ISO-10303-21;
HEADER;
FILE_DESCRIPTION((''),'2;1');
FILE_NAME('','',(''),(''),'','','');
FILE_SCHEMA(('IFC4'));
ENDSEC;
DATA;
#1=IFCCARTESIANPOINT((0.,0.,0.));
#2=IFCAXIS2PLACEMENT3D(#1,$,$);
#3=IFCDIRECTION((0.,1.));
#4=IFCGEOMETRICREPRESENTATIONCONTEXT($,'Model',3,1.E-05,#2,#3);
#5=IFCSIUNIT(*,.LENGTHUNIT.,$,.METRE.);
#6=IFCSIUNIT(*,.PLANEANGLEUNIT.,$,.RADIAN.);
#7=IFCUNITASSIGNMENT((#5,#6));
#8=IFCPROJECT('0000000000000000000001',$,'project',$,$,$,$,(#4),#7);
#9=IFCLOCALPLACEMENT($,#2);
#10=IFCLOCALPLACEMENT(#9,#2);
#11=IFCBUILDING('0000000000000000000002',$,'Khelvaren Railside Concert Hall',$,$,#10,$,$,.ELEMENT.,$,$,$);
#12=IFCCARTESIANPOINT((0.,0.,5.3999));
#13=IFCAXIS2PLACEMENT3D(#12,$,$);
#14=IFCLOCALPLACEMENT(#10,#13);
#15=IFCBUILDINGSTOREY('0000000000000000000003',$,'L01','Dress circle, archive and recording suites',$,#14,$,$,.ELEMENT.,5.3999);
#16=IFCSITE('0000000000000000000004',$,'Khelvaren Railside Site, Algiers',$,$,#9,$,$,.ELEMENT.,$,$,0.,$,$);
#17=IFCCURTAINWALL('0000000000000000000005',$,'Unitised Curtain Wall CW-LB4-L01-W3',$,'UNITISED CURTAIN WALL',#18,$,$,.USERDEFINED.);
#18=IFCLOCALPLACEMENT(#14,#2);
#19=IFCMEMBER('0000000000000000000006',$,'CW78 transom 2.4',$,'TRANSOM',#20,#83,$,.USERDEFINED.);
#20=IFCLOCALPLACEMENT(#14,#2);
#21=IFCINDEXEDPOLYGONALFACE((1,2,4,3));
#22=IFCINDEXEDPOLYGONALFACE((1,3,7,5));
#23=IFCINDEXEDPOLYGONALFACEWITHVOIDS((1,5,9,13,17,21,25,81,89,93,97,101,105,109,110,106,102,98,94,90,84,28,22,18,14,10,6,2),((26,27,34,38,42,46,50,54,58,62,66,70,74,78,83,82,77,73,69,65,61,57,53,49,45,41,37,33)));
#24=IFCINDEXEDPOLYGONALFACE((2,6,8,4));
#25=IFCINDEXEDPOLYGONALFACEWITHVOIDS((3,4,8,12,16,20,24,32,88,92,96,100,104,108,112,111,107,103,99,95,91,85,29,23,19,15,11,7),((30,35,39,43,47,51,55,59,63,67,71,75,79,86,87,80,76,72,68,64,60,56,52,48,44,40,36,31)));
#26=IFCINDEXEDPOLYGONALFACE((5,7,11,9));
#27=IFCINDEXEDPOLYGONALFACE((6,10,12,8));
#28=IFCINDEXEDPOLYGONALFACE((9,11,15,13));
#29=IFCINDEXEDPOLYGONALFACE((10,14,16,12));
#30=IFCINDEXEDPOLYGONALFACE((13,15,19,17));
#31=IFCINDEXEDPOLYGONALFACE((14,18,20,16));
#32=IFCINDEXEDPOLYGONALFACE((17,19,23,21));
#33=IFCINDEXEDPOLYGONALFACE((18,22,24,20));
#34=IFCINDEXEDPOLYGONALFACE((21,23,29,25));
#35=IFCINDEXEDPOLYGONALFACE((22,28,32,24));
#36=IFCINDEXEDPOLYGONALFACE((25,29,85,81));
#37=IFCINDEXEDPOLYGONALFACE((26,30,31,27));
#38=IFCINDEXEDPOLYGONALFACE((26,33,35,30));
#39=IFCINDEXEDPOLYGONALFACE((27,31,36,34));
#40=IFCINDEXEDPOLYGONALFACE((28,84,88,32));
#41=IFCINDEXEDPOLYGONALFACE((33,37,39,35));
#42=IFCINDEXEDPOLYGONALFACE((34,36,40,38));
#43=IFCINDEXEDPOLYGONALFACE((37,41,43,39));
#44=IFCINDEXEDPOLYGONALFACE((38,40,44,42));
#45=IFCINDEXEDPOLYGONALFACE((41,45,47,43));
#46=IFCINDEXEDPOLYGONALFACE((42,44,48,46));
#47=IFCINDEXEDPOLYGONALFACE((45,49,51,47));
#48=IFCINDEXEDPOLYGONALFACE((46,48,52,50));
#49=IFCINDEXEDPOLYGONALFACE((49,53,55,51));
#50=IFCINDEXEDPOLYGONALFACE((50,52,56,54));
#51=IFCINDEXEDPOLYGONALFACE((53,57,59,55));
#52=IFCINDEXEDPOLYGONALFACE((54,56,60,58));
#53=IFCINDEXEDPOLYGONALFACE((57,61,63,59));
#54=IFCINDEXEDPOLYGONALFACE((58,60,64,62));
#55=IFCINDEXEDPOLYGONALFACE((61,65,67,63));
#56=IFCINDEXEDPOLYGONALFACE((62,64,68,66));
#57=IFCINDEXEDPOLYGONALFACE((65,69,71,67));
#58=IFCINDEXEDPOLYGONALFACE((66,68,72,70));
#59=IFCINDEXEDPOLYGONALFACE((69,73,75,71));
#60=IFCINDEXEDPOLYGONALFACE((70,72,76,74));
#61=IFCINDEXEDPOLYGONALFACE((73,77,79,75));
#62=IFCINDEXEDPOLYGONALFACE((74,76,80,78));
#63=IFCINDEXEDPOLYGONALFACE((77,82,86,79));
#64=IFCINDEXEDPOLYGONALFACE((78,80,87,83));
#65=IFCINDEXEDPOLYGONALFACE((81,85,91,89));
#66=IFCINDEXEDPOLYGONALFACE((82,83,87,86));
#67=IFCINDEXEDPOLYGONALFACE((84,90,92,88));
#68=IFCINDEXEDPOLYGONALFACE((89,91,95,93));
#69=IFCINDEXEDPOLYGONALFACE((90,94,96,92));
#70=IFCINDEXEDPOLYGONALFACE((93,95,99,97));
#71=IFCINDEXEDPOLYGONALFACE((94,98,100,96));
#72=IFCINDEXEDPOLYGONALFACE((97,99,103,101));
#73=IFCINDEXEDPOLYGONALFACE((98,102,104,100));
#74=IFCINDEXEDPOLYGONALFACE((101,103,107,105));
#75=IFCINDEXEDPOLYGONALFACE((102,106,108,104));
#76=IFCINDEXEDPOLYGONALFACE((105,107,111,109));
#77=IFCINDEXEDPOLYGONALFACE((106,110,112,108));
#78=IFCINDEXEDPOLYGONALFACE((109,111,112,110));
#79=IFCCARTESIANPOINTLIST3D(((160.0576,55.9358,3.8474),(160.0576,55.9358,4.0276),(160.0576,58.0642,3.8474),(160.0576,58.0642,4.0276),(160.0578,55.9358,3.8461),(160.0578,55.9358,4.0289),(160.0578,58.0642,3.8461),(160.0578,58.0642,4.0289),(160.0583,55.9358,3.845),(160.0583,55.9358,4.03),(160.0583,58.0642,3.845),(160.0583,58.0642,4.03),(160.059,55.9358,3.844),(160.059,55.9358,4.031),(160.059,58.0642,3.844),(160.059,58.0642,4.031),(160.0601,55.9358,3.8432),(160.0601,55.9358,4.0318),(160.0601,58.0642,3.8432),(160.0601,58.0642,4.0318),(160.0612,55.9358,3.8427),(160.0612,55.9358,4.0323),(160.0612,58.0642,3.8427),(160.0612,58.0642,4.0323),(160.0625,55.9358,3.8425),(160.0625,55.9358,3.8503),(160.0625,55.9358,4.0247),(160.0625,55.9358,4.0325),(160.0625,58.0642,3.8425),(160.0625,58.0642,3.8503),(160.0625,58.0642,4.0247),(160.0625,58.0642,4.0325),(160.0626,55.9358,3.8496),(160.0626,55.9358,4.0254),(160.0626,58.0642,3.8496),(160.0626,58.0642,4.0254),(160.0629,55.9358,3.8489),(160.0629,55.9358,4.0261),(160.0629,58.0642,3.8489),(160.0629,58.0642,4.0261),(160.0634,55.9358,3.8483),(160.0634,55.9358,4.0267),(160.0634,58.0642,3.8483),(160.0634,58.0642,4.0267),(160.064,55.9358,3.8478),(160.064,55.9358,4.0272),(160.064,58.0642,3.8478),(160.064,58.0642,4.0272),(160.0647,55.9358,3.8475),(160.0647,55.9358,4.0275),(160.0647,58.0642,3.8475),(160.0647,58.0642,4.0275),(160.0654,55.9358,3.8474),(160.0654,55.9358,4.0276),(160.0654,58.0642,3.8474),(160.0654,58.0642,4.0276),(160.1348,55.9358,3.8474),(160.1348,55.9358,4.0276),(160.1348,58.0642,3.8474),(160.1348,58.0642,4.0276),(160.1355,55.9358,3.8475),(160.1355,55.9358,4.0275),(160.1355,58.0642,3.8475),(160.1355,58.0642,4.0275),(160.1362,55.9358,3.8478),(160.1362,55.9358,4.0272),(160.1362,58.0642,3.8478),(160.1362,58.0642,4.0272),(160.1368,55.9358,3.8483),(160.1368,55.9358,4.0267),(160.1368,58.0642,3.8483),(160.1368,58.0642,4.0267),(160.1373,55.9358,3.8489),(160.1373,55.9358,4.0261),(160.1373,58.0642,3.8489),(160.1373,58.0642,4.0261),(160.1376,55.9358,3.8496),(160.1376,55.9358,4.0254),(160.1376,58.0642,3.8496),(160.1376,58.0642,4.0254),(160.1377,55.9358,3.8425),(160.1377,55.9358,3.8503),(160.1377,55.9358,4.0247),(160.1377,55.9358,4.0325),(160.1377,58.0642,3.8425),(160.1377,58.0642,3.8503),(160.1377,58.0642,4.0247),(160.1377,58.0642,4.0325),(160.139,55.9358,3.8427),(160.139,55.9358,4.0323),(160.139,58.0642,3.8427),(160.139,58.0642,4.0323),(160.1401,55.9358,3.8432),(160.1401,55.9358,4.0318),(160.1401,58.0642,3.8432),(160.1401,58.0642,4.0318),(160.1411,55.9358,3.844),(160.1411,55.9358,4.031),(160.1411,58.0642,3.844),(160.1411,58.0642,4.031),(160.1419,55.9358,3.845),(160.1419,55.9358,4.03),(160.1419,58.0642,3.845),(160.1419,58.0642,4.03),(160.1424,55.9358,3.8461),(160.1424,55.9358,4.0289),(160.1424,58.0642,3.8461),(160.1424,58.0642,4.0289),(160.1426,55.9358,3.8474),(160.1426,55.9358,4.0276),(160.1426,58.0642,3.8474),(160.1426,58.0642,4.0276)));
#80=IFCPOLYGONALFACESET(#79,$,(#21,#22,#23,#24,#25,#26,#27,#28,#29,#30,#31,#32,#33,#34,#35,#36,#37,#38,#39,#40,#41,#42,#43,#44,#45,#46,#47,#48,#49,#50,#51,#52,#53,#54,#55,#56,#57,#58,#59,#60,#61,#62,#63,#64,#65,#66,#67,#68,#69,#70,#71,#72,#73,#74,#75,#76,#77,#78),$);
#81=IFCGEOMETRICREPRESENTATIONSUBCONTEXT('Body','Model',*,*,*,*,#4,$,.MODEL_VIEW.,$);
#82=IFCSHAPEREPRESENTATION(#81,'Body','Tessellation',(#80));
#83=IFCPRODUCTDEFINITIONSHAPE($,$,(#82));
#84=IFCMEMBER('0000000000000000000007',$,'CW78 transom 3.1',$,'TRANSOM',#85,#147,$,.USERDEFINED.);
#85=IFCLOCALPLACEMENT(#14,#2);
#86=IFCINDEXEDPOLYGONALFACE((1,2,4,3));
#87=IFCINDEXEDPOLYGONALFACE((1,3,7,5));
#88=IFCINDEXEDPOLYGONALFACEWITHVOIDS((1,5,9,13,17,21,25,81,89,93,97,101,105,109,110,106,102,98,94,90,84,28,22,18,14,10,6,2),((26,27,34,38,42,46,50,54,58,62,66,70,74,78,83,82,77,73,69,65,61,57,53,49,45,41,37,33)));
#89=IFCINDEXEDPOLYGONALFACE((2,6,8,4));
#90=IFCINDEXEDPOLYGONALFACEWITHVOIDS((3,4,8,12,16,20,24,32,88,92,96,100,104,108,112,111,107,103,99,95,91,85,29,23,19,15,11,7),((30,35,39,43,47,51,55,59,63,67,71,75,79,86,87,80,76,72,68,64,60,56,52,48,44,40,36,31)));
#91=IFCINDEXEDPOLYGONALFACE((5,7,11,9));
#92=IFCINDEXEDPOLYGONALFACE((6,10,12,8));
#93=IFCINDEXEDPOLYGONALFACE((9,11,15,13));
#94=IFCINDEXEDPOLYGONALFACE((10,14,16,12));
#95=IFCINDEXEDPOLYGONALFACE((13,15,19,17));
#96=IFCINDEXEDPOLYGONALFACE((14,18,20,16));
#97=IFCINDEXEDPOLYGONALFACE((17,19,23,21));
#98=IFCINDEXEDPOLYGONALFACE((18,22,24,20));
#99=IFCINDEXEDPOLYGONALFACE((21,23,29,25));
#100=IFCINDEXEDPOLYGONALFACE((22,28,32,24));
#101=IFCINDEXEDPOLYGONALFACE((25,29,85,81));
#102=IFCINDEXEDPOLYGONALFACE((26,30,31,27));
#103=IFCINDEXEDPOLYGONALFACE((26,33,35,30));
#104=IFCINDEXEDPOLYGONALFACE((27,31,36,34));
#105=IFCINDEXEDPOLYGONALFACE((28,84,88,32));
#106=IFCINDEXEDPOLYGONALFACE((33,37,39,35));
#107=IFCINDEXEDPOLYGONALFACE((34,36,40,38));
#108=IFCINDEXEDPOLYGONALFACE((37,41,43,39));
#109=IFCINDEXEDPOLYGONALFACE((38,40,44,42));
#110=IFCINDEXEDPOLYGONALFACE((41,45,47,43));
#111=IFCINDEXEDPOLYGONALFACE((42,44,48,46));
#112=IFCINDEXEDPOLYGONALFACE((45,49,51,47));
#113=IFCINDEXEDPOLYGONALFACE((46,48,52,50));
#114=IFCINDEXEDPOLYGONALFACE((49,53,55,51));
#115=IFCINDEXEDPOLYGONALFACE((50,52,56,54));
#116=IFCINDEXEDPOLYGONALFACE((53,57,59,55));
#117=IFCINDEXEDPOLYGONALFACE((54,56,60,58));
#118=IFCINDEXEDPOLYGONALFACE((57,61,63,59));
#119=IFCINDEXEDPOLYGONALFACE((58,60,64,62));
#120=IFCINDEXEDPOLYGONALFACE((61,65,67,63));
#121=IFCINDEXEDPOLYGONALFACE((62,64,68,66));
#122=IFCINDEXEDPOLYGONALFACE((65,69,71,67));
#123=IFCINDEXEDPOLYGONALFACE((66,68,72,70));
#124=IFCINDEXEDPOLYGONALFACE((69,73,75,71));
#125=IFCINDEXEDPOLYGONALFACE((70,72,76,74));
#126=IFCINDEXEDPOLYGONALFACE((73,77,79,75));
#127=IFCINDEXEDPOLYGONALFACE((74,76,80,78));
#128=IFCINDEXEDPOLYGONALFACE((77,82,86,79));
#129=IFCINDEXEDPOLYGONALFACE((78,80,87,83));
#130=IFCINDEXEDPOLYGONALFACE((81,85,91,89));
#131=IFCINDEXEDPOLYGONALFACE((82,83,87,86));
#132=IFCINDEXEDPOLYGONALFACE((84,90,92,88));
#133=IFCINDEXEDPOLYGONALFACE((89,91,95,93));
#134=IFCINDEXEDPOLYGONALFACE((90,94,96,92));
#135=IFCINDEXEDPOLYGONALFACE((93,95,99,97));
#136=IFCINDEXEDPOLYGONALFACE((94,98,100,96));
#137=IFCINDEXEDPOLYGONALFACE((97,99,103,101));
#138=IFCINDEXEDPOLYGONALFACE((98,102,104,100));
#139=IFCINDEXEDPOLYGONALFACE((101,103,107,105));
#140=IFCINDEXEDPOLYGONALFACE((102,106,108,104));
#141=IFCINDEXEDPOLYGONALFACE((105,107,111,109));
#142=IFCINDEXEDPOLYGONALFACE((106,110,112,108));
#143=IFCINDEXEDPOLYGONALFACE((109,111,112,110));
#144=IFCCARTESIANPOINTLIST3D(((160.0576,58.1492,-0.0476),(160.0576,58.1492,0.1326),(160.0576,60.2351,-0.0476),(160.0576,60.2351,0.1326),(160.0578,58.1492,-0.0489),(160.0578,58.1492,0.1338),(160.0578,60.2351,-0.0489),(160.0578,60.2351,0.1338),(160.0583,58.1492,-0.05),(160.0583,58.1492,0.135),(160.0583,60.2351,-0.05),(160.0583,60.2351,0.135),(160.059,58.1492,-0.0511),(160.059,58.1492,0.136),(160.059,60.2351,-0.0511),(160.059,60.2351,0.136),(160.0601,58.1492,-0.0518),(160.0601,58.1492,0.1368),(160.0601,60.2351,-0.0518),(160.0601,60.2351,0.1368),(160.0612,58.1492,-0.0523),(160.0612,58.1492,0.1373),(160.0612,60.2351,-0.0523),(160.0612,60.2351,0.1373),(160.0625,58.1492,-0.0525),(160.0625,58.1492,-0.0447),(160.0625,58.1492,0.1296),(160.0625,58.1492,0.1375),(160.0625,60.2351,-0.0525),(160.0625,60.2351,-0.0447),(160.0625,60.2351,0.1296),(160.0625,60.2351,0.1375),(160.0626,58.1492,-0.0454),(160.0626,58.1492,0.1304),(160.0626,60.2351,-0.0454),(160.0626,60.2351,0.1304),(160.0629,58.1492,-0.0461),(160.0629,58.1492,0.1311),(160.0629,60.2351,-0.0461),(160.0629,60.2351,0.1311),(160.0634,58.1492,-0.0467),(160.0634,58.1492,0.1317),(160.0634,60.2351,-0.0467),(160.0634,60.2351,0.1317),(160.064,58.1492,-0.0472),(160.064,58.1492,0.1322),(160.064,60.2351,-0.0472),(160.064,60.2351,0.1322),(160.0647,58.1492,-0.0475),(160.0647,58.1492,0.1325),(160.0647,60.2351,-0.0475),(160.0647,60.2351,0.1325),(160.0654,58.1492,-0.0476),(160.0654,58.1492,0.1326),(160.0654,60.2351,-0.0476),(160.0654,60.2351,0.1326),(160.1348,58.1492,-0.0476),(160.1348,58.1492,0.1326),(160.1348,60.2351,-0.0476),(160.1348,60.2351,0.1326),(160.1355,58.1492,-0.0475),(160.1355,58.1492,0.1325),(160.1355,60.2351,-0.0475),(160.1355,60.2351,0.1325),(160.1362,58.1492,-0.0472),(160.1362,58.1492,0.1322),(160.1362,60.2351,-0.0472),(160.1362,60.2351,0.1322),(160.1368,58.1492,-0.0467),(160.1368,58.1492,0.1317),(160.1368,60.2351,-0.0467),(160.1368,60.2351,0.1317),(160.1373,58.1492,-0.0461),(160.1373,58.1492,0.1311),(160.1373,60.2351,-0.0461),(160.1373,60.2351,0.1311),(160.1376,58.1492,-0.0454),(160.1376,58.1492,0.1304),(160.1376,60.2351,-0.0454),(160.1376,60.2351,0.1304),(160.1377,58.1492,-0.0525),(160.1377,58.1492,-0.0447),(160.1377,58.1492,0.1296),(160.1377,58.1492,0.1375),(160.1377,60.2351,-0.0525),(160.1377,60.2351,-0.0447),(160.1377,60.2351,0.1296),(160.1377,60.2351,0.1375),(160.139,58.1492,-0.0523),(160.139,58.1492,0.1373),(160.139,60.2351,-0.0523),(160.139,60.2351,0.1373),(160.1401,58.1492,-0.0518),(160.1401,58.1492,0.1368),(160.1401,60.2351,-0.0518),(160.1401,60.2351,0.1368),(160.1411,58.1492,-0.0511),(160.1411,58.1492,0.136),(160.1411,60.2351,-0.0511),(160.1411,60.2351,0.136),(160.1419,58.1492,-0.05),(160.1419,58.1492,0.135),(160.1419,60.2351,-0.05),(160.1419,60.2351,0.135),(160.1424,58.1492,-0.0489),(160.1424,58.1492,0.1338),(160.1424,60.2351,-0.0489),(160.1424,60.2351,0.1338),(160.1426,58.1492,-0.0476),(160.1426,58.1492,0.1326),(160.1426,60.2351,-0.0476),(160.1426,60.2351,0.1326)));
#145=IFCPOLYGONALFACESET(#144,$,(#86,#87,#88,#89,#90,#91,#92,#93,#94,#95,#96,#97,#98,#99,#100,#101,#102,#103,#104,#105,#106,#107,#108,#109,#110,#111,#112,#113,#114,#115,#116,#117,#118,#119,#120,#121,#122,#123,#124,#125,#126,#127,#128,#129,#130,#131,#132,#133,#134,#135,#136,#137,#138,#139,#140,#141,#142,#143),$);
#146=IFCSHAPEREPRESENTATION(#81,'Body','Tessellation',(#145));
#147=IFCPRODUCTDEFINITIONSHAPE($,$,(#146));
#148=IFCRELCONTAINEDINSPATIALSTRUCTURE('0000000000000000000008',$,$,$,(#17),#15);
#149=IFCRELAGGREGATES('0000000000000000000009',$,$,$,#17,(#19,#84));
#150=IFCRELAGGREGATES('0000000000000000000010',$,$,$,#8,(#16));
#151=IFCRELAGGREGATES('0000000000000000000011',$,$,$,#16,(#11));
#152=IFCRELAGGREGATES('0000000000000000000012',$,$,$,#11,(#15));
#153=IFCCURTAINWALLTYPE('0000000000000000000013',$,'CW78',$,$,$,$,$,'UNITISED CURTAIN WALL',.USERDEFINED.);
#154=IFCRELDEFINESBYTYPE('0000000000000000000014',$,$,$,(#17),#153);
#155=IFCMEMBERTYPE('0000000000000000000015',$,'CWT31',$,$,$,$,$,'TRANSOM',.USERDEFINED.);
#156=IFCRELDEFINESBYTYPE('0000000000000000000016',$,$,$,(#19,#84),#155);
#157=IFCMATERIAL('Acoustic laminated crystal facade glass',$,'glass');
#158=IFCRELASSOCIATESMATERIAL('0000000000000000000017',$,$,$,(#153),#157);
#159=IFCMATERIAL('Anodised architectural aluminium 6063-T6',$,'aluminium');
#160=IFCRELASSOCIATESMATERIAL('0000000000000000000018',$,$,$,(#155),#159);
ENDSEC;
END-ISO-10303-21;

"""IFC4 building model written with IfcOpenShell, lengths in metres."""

from ifc_helpers import new_model, si_unit, direction, frame, origin, origin_2d, place, context, subcontext, project, spatial, hollow_rectangle, extrude, material, material_profile, profile_set, type_object, element, aggregate, save


model = new_model("IFC4")

# Units and contexts
model_context = context("Model", 3, precision=1e-05, world=origin(), true_north=direction((0.0, 1.0)))
body_context = subcontext(model_context, "Body", "Model", "MODEL_VIEW")
ifc_project = project(units=[si_unit("LENGTHUNIT", "METRE"), si_unit("PLANEANGLEUNIT", "RADIAN")], contexts=[model_context])

# Site, building, storey
site_placement = place(None, origin())
site = spatial("IfcSite", under=ifc_project, at=site_placement, Name="Khelvaren Railside Site, Algiers", CompositionType="ELEMENT", RefElevation=0.0)
building_placement = place(site_placement, origin())
building = spatial("IfcBuilding", under=site, at=building_placement, Name="Khelvaren Railside Concert Hall", CompositionType="ELEMENT")
storey_placement = place(building_placement, frame((0.0, 0.0, 5.3999)))
storey = spatial("IfcBuildingStorey", under=building, at=storey_placement, Name="L01", Description="Dress circle, archive and recording suites", CompositionType="ELEMENT", Elevation=5.3999)

# Curtain wall, members
ifc_material_1 = material(Name="Acoustic laminated crystal facade glass", Category="glass")
curtain_wall_type = type_object("IfcCurtainWallType", Name="CW78", ElementType="UNITISED CURTAIN WALL", PredefinedType="USERDEFINED", material=ifc_material_1)
curtain_wall_placement = place(storey_placement, origin())
curtain_wall = element("IfcCurtainWall", 1, at=curtain_wall_placement, inside=storey, type_object=curtain_wall_type, Name="Unitised Curtain Wall CW-LB4-L01-W3", ObjectType="UNITISED CURTAIN WALL", PredefinedType="USERDEFINED")
ifc_material_2 = material(Name="Anodised architectural aluminium 6063-T6", Category="aluminium")
ifc_material_profile_1 = material_profile(ifc_material_2, hollow_rectangle(XDim=0.085, YDim=0.1899, WallThickness=0.0049, InnerFilletRadius=0.0029, OuterFilletRadius=0.0049, at=origin_2d()), Name="CWT 85x190x5")
ifc_profile_set_1 = profile_set([ifc_material_profile_1], Name="Anodised architectural aluminium 6063-T6")
member_type_1 = type_object("IfcMemberType", Name="CWT31", ElementType="TRANSOM", PredefinedType="USERDEFINED", material=ifc_profile_set_1)
member_1_placement = place(storey_placement, frame((160.1001, 55.9358, 3.9375), z_axis=(0.0, 1.0, 0.0), x_axis=(-1.0, 0.0, 0.0)))
member_1 = element("IfcMember", 2, at=member_1_placement, type_object=member_type_1, Name="CW78 transom 2.4", ObjectType="TRANSOM", PredefinedType="USERDEFINED", context=body_context, shape_type="SweptSolid", body=[
    extrude(hollow_rectangle(XDim=0.085, YDim=0.1899, WallThickness=0.0049, InnerFilletRadius=0.0029, OuterFilletRadius=0.0049, at=origin_2d()), origin(), (0.0, 0.0, 1.0), 2.1284),
])
member_2_placement = place(storey_placement, frame((160.1001, 58.1492, 0.0425), z_axis=(0.0, 1.0, 0.0), x_axis=(-1.0, 0.0, 0.0)))
member_2 = element("IfcMember", 3, at=member_2_placement, type_object=member_type_1, Name="CW78 transom 3.1", ObjectType="TRANSOM", PredefinedType="USERDEFINED", context=body_context, shape_type="SweptSolid", body=[
    extrude(hollow_rectangle(XDim=0.085, YDim=0.1899, WallThickness=0.0049, InnerFilletRadius=0.0029, OuterFilletRadius=0.0049, at=origin_2d()), origin(), (0.0, 0.0, 1.0), 2.0859),
])

aggregate(curtain_wall, [member_1, member_2])

save(model, "model.ifc")
